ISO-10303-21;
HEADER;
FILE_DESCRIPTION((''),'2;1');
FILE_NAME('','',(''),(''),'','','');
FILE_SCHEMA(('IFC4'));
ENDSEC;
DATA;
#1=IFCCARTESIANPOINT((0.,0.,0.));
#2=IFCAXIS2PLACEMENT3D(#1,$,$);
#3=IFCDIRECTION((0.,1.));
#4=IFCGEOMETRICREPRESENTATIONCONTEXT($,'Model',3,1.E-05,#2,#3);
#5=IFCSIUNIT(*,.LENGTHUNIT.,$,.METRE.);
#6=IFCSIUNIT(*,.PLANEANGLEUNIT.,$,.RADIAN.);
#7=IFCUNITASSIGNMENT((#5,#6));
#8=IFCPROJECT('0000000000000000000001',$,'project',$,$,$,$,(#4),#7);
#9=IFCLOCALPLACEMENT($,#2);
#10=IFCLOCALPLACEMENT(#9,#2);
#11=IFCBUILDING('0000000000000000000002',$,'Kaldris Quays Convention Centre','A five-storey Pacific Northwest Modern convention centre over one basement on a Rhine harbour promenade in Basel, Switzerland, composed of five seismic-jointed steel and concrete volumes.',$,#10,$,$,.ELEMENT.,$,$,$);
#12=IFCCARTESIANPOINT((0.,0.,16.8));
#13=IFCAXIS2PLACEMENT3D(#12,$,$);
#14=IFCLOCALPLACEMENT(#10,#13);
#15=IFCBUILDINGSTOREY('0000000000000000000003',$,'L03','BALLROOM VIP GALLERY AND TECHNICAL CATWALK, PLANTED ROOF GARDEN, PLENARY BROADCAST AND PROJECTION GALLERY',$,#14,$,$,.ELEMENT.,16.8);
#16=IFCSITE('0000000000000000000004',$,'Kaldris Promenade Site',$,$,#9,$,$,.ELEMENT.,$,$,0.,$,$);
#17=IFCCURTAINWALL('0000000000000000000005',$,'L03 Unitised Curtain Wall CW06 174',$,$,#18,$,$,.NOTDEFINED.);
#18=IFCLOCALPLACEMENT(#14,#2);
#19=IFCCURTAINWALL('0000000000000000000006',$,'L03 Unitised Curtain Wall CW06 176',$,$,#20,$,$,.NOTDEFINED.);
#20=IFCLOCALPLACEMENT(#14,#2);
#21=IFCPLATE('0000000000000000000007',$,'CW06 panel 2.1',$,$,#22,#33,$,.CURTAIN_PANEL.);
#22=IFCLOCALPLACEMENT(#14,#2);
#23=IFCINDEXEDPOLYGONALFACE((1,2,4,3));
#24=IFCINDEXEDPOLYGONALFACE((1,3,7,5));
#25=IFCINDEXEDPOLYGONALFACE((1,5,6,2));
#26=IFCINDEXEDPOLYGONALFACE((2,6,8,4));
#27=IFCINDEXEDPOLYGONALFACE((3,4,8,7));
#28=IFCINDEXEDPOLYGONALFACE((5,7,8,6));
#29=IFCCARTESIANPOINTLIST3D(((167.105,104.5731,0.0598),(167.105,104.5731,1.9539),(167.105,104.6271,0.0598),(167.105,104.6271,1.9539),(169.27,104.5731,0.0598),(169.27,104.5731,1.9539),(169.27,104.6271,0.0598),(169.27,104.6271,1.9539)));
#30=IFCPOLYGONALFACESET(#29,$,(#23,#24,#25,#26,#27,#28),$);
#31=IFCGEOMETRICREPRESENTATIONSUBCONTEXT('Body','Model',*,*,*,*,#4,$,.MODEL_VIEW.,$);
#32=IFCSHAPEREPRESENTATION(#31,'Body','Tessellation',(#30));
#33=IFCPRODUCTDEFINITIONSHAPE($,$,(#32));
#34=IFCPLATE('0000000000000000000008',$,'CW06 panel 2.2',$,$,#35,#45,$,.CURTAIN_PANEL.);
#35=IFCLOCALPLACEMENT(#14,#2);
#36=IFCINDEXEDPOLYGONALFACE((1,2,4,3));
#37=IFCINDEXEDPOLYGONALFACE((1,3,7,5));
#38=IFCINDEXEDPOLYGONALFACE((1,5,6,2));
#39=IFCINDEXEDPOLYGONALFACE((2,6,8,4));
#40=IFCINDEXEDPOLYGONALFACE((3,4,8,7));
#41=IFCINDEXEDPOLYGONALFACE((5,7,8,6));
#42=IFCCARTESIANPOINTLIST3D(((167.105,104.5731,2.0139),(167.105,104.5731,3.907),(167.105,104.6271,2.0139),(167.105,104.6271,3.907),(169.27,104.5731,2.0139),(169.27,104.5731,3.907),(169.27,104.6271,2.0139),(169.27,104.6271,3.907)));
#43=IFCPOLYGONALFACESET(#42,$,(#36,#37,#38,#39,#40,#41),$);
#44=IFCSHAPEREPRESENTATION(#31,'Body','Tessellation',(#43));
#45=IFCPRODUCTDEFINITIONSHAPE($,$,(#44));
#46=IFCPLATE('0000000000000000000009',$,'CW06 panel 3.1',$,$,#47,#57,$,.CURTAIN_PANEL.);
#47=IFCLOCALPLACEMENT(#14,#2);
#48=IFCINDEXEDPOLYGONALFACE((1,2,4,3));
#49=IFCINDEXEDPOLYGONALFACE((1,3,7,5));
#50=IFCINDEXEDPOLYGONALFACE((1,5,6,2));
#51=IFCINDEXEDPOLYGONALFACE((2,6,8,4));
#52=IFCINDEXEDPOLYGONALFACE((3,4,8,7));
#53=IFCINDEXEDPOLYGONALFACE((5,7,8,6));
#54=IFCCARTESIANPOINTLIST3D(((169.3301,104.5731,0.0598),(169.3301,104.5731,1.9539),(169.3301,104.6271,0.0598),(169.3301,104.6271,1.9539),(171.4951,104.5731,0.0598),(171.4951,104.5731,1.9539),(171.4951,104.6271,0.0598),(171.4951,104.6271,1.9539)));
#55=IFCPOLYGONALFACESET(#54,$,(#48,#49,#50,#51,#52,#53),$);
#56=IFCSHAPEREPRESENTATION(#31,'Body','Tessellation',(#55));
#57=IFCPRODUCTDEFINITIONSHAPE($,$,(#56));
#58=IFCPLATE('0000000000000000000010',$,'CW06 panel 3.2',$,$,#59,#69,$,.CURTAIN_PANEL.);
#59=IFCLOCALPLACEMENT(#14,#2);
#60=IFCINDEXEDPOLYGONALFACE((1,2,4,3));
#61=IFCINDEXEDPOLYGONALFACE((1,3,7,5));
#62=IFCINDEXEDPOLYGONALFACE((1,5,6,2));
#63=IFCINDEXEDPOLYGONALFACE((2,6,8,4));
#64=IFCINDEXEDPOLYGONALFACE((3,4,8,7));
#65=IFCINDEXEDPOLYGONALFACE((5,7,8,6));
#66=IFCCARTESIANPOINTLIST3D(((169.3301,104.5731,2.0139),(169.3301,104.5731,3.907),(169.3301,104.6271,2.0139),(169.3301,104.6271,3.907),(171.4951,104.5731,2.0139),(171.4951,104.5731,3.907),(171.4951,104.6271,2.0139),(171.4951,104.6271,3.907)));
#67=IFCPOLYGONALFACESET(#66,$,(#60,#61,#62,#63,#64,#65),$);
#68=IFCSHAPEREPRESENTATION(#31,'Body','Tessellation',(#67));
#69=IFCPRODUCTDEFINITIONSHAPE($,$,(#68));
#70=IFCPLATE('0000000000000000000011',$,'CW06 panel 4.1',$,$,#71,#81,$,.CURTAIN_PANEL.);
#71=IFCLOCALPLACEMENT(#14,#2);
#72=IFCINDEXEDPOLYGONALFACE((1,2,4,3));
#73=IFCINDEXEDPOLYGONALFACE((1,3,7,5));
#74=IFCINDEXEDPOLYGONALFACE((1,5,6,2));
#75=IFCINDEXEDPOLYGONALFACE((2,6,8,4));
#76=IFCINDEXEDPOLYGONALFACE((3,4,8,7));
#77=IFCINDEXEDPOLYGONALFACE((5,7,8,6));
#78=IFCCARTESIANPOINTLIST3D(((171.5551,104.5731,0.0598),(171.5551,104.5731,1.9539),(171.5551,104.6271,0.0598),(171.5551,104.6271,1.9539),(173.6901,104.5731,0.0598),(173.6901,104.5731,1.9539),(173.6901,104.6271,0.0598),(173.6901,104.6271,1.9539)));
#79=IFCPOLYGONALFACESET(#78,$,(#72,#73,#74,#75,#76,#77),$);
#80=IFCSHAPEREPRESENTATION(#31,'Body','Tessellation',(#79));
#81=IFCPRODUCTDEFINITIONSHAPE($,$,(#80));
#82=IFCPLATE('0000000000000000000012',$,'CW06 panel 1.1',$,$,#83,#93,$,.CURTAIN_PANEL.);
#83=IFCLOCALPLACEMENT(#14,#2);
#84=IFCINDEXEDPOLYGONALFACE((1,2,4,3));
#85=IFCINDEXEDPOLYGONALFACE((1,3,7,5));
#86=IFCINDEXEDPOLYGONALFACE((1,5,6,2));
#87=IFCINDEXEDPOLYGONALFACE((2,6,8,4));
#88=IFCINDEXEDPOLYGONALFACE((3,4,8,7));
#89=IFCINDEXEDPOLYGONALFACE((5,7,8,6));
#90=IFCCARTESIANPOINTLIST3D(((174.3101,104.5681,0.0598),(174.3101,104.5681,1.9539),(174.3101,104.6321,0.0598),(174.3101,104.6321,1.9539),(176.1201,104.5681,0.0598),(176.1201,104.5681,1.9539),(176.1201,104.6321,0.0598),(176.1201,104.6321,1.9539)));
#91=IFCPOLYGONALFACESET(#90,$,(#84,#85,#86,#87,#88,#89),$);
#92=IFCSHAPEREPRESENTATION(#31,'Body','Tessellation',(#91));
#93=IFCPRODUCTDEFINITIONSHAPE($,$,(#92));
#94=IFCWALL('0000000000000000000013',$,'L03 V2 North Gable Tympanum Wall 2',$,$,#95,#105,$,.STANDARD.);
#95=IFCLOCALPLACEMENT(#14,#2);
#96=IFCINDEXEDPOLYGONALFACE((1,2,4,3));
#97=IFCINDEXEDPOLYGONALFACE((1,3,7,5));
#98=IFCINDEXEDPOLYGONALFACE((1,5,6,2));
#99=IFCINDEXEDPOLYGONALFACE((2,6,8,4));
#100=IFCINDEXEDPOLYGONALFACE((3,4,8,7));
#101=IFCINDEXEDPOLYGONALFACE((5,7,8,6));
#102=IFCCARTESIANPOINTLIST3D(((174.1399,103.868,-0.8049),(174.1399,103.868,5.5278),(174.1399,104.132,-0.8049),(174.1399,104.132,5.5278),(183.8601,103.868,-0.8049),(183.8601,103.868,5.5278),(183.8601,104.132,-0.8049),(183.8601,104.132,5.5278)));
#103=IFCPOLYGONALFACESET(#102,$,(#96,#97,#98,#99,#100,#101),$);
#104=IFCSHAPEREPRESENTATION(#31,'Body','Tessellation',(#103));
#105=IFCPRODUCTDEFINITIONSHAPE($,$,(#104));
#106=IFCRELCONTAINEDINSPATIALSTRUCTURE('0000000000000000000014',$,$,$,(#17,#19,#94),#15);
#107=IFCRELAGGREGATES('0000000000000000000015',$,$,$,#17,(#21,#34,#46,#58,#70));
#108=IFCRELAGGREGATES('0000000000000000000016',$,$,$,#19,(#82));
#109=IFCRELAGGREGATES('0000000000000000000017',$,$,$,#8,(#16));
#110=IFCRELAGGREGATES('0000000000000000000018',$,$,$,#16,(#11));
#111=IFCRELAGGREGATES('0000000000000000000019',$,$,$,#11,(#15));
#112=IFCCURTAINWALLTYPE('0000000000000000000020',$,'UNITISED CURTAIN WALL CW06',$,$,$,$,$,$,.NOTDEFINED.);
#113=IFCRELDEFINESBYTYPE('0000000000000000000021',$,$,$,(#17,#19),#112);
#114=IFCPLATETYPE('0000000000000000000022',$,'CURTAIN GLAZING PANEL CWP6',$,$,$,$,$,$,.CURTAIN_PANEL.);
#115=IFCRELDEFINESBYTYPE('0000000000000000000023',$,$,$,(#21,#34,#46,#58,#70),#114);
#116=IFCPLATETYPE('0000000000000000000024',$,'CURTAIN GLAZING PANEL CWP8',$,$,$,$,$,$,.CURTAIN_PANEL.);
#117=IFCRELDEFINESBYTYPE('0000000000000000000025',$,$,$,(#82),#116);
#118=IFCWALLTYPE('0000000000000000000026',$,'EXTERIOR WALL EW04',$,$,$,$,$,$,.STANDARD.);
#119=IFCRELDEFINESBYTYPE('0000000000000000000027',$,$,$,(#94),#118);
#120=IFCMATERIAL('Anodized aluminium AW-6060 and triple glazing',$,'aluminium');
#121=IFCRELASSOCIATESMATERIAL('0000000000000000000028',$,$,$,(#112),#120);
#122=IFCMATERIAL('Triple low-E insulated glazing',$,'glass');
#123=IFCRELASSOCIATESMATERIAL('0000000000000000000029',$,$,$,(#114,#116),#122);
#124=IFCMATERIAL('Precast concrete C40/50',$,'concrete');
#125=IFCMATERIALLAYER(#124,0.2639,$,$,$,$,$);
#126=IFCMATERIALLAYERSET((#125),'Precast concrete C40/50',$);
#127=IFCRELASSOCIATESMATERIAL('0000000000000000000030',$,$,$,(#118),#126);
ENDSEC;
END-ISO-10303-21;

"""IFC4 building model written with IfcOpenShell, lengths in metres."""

from ifc_helpers import new_model, si_unit, direction, frame, frame_2d, origin, origin_2d, place, context, subcontext, project, spatial, rectangle, extrude, material, layer, layer_set, type_object, element, aggregate, save


model = new_model("IFC4")

# Units and contexts
model_context = context("Model", 3, precision=1e-05, world=origin(), true_north=direction((0.0, 1.0)))
body_context = subcontext(model_context, "Body", "Model", "MODEL_VIEW")
ifc_project = project(units=[si_unit("LENGTHUNIT", "METRE"), si_unit("PLANEANGLEUNIT", "RADIAN")], contexts=[model_context])

# Site, building, storey
site_placement = place(None, origin())
site = spatial("IfcSite", under=ifc_project, at=site_placement, Name="Kaldris Promenade Site", CompositionType="ELEMENT", RefElevation=0.0)
building_placement = place(site_placement, origin())
building = spatial("IfcBuilding", under=site, at=building_placement, Name="Kaldris Quays Convention Centre", Description="A five-storey Pacific Northwest Modern convention centre over one basement on a Rhine harbour promenade in Basel, Switzerland, composed of five seismic-jointed steel and concrete volumes.", CompositionType="ELEMENT")
storey_placement = place(building_placement, frame((0.0, 0.0, 16.8)))
storey = spatial("IfcBuildingStorey", under=building, at=storey_placement, Name="L03", Description="BALLROOM VIP GALLERY AND TECHNICAL CATWALK, PLANTED ROOF GARDEN, PLENARY BROADCAST AND PROJECTION GALLERY", CompositionType="ELEMENT", Elevation=16.8)

# Curtain walls
ifc_material_1 = material(Name="Anodized aluminium AW-6060 and triple glazing", Category="aluminium")
curtain_wall_type = type_object("IfcCurtainWallType", Name="UNITISED CURTAIN WALL CW06", PredefinedType="NOTDEFINED", material=ifc_material_1)
curtain_wall_1_placement = place(storey_placement, origin())
curtain_wall_1 = element("IfcCurtainWall", 1, at=curtain_wall_1_placement, inside=storey, type_object=curtain_wall_type, Name="L03 Unitised Curtain Wall CW06 174", PredefinedType="NOTDEFINED")
curtain_wall_2_placement = place(storey_placement, origin())
curtain_wall_2 = element("IfcCurtainWall", 2, at=curtain_wall_2_placement, inside=storey, type_object=curtain_wall_type, Name="L03 Unitised Curtain Wall CW06 176", PredefinedType="NOTDEFINED")

# Plates
ifc_material_2 = material(Name="Triple low-E insulated glazing", Category="glass")
plate_type_1 = type_object("IfcPlateType", Name="CURTAIN GLAZING PANEL CWP6", PredefinedType="CURTAIN_PANEL", material=ifc_material_2)
plate_1_placement = place(storey_placement, frame((168.1875, 104.6001, 0.0598), z_axis=(0.0, 0.0, 1.0), x_axis=(1.0, 0.0, 0.0)))
plate_1 = element("IfcPlate", 3, at=plate_1_placement, type_object=plate_type_1, Name="CW06 panel 2.1", PredefinedType="CURTAIN_PANEL", context=body_context, shape_type="SweptSolid", body=[
    extrude(rectangle(XDim=2.165, YDim=0.054, at=origin_2d()), origin(), (0.0, 0.0, 1.0), 1.894),
])
plate_2_placement = place(storey_placement, frame((168.1875, 104.6001, 2.0139), z_axis=(0.0, 0.0, 1.0), x_axis=(1.0, 0.0, 0.0)))
plate_2 = element("IfcPlate", 4, at=plate_2_placement, type_object=plate_type_1, Name="CW06 panel 2.2", PredefinedType="CURTAIN_PANEL", context=body_context, shape_type="SweptSolid", body=[
    extrude(rectangle(XDim=2.165, YDim=0.054, at=origin_2d()), origin(), (0.0, 0.0, 1.0), 1.8931),
])
plate_3_placement = place(storey_placement, frame((170.4126, 104.6001, 0.0598), z_axis=(0.0, 0.0, 1.0), x_axis=(1.0, 0.0, 0.0)))
plate_3 = element("IfcPlate", 5, at=plate_3_placement, type_object=plate_type_1, Name="CW06 panel 3.1", PredefinedType="CURTAIN_PANEL", context=body_context, shape_type="SweptSolid", body=[
    extrude(rectangle(XDim=2.165, YDim=0.054, at=origin_2d()), origin(), (0.0, 0.0, 1.0), 1.894),
])
plate_4_placement = place(storey_placement, frame((170.4126, 104.6001, 2.0139), z_axis=(0.0, 0.0, 1.0), x_axis=(1.0, 0.0, 0.0)))
plate_4 = element("IfcPlate", 6, at=plate_4_placement, type_object=plate_type_1, Name="CW06 panel 3.2", PredefinedType="CURTAIN_PANEL", context=body_context, shape_type="SweptSolid", body=[
    extrude(rectangle(XDim=2.165, YDim=0.054, at=origin_2d()), origin(), (0.0, 0.0, 1.0), 1.8931),
])
plate_5_placement = place(storey_placement, frame((172.6226, 104.6001, 0.0598), z_axis=(0.0, 0.0, 1.0), x_axis=(1.0, 0.0, 0.0)))
plate_5 = element("IfcPlate", 7, at=plate_5_placement, type_object=plate_type_1, Name="CW06 panel 4.1", PredefinedType="CURTAIN_PANEL", context=body_context, shape_type="SweptSolid", body=[
    extrude(rectangle(XDim=2.135, YDim=0.054, at=origin_2d()), origin(), (0.0, 0.0, 1.0), 1.894),
])
aggregate(curtain_wall_1, [plate_1, plate_2, plate_3, plate_4, plate_5])
plate_type_2 = type_object("IfcPlateType", Name="CURTAIN GLAZING PANEL CWP8", PredefinedType="CURTAIN_PANEL", material=ifc_material_2)
plate_6_placement = place(storey_placement, frame((175.2151, 104.6001, 0.0598), z_axis=(0.0, 0.0, 1.0), x_axis=(1.0, 0.0, 0.0)))
plate_6 = element("IfcPlate", 8, at=plate_6_placement, type_object=plate_type_2, Name="CW06 panel 1.1", PredefinedType="CURTAIN_PANEL", context=body_context, shape_type="SweptSolid", body=[
    extrude(rectangle(XDim=1.8101, YDim=0.064, at=origin_2d()), origin(), (0.0, 0.0, 1.0), 1.894),
])
aggregate(curtain_wall_2, [plate_6])

# Wall
ifc_material_3 = material(Name="Precast concrete C40/50", Category="concrete")
ifc_layer = layer(ifc_material_3, 0.2639)
ifc_layer_set = layer_set([ifc_layer], Name="Precast concrete C40/50")
wall_type = type_object("IfcWallType", Name="EXTERIOR WALL EW04", PredefinedType="STANDARD", material=ifc_layer_set)
wall_placement = place(storey_placement, frame((174.1399, 104.0, -0.8049), z_axis=(0.0, 0.0, 1.0), x_axis=(1.0, 0.0, 0.0)))
element("IfcWall", 9, at=wall_placement, inside=storey, type_object=wall_type, Name="L03 V2 North Gable Tympanum Wall 2", PredefinedType="STANDARD", context=body_context, shape_type="SweptSolid", body=[
    extrude(rectangle(XDim=9.7202, YDim=0.2639, at=frame_2d((4.8601, 0.0))), origin(), (0.0, 0.0, 1.0), 6.3328),
])

save(model, "model.ifc")
